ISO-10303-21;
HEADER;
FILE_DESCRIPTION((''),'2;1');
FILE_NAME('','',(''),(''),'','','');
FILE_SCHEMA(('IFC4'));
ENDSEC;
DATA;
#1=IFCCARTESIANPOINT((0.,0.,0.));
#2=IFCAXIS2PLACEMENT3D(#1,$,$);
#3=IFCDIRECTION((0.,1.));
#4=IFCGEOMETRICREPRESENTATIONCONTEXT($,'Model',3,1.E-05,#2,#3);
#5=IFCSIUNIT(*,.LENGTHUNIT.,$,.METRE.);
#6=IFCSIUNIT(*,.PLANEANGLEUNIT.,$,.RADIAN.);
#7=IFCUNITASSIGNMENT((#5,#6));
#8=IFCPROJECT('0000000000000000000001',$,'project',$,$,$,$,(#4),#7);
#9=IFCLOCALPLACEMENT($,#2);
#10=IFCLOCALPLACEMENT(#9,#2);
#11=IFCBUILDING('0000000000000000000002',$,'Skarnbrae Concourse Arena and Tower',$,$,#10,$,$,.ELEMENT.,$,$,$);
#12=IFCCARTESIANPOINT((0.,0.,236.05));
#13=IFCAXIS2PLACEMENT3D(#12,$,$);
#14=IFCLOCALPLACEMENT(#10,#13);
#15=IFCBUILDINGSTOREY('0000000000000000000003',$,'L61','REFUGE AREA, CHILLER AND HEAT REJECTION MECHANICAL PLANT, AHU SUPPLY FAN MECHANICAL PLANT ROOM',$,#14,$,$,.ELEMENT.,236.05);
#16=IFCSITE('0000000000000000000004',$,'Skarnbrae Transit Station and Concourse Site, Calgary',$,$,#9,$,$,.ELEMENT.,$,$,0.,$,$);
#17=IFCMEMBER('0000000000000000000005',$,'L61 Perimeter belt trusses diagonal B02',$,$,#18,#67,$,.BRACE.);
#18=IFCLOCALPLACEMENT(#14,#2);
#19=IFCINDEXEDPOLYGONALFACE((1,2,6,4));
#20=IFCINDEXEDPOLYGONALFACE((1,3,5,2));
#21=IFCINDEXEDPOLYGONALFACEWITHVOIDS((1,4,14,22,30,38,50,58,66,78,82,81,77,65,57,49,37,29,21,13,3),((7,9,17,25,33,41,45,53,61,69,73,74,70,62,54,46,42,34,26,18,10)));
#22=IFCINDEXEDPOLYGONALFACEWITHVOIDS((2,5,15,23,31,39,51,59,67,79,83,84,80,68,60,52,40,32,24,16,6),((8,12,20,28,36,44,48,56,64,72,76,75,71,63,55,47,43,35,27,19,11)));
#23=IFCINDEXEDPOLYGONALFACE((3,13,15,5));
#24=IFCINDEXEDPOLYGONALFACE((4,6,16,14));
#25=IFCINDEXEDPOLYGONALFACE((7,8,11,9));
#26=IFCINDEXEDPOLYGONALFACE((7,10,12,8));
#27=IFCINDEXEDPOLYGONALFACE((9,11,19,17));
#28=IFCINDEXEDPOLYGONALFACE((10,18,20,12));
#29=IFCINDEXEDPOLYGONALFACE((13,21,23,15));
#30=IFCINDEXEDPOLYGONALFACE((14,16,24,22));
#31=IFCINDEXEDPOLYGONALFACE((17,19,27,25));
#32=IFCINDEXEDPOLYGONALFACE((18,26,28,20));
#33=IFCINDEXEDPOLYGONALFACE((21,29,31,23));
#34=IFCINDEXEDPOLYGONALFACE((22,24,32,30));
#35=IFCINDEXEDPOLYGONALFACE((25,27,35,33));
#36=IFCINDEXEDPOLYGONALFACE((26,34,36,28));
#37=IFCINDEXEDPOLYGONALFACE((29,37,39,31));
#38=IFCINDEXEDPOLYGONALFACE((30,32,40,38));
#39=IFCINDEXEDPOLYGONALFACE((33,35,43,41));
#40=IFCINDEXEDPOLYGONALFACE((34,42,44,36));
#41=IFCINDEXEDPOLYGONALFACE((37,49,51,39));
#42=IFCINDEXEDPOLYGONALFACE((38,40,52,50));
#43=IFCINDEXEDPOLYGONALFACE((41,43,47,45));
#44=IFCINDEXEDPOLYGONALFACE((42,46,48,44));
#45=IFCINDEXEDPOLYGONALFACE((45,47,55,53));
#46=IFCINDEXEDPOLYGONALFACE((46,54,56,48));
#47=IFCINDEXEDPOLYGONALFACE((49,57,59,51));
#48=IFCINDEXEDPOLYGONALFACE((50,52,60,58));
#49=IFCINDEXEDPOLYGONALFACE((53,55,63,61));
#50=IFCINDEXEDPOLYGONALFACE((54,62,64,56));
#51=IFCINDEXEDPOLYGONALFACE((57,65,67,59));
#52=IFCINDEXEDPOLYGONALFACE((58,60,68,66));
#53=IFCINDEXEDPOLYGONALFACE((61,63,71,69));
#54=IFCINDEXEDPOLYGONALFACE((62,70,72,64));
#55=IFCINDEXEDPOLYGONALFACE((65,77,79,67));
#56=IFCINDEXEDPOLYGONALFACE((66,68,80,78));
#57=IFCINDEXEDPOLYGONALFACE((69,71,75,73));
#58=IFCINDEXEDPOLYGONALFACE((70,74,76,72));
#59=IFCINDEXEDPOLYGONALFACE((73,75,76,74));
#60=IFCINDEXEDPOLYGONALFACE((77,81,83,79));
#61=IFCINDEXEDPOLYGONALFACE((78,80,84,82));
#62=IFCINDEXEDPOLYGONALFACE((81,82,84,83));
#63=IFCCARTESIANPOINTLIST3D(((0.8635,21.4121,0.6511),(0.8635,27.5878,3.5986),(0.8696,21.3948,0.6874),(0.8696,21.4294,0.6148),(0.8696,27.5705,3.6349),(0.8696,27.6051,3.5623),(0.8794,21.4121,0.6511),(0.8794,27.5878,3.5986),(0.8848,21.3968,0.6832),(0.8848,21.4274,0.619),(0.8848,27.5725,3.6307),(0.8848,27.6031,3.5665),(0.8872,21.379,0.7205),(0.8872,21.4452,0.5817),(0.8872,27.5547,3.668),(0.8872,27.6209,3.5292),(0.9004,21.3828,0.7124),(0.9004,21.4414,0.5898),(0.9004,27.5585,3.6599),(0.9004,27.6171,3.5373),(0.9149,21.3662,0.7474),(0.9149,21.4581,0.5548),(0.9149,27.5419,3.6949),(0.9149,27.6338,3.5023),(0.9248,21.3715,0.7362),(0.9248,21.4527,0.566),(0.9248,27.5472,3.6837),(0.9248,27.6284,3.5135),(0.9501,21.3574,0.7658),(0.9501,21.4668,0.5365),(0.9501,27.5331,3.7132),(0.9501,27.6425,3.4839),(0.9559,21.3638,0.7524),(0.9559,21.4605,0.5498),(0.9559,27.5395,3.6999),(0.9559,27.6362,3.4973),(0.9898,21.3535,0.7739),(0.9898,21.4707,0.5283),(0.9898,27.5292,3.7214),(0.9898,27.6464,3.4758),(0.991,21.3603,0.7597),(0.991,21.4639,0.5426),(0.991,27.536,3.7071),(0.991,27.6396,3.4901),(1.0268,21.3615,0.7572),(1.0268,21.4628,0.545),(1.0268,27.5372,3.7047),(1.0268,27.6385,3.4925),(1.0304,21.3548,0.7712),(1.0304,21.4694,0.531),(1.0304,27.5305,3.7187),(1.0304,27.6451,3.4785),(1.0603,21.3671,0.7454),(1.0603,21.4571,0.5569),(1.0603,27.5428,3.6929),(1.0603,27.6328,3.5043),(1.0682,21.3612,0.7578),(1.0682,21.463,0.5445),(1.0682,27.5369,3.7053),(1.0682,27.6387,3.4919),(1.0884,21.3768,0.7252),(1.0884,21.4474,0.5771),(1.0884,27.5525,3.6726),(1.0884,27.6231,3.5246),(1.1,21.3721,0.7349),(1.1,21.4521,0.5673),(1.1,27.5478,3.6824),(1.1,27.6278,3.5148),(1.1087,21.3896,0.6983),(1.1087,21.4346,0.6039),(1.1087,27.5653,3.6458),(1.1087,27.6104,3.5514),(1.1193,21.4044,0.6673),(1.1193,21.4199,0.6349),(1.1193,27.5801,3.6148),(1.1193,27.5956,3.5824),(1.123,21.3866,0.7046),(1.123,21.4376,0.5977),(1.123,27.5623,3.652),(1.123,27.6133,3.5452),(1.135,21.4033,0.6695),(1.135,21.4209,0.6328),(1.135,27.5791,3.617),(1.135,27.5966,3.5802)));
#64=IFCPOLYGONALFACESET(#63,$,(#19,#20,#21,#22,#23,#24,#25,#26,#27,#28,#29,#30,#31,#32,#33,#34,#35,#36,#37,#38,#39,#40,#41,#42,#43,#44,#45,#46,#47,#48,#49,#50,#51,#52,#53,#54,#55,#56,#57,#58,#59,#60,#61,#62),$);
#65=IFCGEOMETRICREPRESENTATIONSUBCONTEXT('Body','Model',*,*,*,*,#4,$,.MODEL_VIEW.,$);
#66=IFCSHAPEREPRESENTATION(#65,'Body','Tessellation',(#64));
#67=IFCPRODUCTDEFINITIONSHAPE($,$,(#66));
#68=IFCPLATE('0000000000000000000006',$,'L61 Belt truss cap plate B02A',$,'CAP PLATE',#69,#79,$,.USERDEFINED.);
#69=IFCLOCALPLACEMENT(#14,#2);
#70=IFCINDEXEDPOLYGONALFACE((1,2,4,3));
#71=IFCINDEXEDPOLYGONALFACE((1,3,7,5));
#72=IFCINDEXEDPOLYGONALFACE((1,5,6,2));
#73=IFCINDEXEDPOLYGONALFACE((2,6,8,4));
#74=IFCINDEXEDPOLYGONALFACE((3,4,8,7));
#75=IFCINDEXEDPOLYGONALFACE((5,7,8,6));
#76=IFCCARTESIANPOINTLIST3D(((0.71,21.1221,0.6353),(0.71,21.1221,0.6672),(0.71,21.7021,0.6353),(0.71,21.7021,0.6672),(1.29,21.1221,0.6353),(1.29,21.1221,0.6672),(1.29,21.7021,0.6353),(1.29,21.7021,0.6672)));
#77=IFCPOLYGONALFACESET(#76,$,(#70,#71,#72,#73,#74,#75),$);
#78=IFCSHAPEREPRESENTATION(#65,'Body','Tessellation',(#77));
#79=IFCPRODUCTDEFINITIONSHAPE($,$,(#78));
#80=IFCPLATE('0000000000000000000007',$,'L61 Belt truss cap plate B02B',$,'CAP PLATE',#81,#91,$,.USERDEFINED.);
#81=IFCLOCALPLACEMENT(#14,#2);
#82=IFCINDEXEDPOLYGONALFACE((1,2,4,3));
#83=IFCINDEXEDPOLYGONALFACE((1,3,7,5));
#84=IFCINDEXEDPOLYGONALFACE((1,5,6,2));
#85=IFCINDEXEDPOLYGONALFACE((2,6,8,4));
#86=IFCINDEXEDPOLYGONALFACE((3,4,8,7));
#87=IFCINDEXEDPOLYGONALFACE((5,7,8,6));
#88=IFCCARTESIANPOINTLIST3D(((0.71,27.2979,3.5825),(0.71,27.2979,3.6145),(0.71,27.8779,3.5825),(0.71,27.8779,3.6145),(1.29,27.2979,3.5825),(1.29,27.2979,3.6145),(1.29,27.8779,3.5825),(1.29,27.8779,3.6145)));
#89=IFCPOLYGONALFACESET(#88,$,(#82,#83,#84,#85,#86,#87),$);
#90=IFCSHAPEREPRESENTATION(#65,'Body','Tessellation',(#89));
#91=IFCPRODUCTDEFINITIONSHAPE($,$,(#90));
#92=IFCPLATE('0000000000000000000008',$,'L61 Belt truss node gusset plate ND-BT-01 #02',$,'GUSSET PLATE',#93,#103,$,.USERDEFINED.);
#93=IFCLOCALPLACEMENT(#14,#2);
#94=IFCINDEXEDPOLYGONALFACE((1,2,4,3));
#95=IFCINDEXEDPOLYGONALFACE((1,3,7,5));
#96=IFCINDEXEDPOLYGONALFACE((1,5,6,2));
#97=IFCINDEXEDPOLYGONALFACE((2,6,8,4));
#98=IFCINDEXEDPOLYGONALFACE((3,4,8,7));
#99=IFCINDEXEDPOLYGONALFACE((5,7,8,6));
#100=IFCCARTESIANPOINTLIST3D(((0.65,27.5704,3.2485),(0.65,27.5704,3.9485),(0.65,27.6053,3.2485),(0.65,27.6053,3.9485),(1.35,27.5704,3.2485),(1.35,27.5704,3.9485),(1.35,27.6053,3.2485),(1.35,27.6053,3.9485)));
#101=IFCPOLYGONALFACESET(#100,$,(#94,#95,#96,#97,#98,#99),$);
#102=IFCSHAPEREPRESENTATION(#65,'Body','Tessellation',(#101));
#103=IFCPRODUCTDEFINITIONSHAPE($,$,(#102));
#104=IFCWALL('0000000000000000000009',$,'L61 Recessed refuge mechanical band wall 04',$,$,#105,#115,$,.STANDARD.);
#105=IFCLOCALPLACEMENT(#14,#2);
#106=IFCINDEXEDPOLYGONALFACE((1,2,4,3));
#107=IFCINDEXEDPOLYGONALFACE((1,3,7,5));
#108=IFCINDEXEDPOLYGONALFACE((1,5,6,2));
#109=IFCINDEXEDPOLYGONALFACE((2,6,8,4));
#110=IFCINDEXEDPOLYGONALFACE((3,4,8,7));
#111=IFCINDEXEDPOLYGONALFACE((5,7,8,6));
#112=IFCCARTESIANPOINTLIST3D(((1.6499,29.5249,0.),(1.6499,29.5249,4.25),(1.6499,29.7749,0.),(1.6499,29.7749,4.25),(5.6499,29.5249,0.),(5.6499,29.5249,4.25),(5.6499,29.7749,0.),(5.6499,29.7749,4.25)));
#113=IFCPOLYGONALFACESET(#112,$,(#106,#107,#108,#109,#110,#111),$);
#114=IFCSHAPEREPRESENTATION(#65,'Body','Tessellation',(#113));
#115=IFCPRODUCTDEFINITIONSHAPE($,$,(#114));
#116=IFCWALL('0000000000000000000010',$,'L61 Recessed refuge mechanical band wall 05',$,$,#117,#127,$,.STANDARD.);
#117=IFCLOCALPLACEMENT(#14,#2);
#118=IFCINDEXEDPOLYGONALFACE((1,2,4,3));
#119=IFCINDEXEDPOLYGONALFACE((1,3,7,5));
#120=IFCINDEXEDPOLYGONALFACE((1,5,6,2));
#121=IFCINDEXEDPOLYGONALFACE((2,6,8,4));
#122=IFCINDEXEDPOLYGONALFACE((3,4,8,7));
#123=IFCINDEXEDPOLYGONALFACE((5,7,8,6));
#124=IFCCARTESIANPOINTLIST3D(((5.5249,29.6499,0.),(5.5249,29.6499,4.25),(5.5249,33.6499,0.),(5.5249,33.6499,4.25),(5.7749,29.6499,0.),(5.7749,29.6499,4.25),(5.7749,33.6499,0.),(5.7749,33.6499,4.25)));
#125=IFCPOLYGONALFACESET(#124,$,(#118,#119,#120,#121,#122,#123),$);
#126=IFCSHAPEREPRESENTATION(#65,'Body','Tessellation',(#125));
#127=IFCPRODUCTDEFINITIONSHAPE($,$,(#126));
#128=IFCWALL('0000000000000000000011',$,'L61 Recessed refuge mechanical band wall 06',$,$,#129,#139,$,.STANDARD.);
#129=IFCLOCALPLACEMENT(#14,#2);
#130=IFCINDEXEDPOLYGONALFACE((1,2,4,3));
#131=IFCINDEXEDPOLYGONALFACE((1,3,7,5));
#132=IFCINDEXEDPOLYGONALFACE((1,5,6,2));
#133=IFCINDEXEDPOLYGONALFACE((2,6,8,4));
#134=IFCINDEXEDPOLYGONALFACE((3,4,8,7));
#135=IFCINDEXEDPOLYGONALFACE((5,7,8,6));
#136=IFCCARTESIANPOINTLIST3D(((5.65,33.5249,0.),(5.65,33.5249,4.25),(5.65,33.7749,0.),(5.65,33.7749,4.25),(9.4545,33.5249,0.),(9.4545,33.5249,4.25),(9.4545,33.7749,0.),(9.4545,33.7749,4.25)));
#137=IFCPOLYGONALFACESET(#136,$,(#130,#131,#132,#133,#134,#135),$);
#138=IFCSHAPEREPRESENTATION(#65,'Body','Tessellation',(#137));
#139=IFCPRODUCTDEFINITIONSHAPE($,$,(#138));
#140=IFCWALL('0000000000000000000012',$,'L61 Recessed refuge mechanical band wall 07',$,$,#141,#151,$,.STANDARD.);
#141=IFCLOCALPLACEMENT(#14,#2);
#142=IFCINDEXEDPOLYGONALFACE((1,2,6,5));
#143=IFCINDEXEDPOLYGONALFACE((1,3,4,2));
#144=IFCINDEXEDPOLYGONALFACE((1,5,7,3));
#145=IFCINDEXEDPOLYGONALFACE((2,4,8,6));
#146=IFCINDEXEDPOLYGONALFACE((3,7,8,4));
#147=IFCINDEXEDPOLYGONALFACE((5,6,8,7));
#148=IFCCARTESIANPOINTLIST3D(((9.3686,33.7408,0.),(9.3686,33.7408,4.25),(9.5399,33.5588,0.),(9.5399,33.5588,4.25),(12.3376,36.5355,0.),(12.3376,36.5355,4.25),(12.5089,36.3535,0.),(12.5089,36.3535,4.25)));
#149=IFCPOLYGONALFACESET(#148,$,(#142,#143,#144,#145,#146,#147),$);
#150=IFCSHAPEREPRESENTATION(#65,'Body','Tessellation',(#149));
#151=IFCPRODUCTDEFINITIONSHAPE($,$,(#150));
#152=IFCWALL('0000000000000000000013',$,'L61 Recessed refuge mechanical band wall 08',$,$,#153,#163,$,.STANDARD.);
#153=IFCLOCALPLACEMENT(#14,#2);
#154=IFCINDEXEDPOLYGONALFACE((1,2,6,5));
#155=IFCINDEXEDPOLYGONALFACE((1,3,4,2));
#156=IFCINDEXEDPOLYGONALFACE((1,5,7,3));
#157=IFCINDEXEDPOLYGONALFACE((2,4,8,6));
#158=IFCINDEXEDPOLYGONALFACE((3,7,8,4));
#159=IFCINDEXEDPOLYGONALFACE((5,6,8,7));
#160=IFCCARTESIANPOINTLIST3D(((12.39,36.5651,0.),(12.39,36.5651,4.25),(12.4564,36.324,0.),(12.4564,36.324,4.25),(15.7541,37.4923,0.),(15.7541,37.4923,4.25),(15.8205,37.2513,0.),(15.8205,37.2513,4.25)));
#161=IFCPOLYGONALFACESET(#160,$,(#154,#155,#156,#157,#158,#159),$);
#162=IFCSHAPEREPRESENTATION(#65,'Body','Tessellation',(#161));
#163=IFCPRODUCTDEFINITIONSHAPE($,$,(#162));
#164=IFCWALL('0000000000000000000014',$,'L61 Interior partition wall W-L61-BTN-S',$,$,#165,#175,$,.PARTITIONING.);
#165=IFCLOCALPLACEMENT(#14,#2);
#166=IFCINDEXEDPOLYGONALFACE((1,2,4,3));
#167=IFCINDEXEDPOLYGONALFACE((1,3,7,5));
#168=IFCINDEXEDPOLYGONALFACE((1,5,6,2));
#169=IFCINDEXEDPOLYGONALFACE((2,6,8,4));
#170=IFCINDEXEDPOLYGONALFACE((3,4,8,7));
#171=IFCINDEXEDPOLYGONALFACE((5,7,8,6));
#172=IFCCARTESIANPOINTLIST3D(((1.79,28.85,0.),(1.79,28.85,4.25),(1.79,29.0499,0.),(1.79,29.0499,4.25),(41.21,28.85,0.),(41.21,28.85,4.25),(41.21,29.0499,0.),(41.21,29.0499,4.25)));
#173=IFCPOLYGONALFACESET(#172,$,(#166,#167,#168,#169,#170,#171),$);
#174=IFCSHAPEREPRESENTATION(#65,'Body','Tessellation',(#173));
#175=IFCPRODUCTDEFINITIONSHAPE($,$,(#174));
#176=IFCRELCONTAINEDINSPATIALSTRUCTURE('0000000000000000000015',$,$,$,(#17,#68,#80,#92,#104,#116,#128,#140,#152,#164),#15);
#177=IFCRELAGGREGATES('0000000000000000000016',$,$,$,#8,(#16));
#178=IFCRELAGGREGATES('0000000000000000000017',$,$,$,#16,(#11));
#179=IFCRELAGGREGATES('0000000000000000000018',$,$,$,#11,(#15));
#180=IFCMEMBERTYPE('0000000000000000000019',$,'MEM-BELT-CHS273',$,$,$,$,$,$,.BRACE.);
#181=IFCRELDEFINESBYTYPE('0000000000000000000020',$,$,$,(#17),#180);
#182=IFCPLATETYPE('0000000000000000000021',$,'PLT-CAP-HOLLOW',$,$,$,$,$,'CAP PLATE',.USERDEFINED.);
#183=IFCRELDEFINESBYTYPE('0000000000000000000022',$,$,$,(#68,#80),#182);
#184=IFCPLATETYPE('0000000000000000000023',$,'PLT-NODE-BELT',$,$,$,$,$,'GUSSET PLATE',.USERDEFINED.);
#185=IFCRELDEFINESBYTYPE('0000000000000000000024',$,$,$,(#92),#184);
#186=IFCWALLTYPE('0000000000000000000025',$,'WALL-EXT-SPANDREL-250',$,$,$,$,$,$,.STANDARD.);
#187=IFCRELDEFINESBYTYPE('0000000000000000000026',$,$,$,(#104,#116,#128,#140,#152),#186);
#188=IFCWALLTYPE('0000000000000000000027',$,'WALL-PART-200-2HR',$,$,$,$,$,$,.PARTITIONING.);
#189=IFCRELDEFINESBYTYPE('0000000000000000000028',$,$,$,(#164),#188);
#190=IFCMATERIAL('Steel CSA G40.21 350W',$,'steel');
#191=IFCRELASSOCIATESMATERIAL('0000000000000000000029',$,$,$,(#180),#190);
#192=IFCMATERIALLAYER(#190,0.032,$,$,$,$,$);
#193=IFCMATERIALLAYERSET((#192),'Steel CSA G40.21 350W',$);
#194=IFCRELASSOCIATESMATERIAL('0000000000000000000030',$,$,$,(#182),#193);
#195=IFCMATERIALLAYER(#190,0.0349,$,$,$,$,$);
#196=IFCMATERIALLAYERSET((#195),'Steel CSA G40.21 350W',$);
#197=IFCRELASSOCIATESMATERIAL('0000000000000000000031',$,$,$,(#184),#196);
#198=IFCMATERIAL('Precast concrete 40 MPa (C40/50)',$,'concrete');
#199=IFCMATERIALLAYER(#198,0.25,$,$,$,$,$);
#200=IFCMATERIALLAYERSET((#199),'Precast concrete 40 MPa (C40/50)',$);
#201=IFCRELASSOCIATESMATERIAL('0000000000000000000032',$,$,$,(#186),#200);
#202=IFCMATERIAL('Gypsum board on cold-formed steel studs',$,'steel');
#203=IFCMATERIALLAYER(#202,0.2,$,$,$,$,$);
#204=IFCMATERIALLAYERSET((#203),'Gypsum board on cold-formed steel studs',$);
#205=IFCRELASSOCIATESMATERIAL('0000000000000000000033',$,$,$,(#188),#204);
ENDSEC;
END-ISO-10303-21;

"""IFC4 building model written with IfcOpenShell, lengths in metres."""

from ifc_helpers import new_model, si_unit, direction, frame, frame_2d, origin, origin_2d, place, context, subcontext, project, spatial, rectangle, hollow_circle, extrude, source, transform, mapped, material, layer, layer_set, material_profile, profile_set, type_object, element, save


model = new_model("IFC4")

# Units and contexts
model_context = context("Model", 3, precision=1e-05, world=origin(), true_north=direction((0.0, 1.0)))
body_context = subcontext(model_context, "Body", "Model", "MODEL_VIEW")
ifc_project = project(units=[si_unit("LENGTHUNIT", "METRE"), si_unit("PLANEANGLEUNIT", "RADIAN")], contexts=[model_context])

# Site, building, storey
site_placement = place(None, origin())
site = spatial("IfcSite", under=ifc_project, at=site_placement, Name="Skarnbrae Transit Station and Concourse Site, Calgary", CompositionType="ELEMENT", RefElevation=0.0)
building_placement = place(site_placement, origin())
building = spatial("IfcBuilding", under=site, at=building_placement, Name="Skarnbrae Concourse Arena and Tower", CompositionType="ELEMENT")
storey_placement = place(building_placement, frame((0.0, 0.0, 236.05)))
storey = spatial("IfcBuildingStorey", under=building, at=storey_placement, Name="L61", Description="REFUGE AREA, CHILLER AND HEAT REJECTION MECHANICAL PLANT, AHU SUPPLY FAN MECHANICAL PLANT ROOM", CompositionType="ELEMENT", Elevation=236.05)

# Shared definitions
ifc_material_1 = material(Name="Steel CSA G40.21 350W", Category="steel")

# Member
ifc_material_profile_1 = material_profile(ifc_material_1, hollow_circle(Radius=0.1365, WallThickness=0.0159, at=origin_2d()), Name="HSS273X15.9")
ifc_profile_set_1 = profile_set([ifc_material_profile_1], Name="Steel CSA G40.21 350W")
member_type = type_object("IfcMemberType", Name="MEM-BELT-CHS273", PredefinedType="BRACE", material=ifc_profile_set_1)
shared_shape_1 = source(origin(), body_context, "Body", "SweptSolid", [
    extrude(hollow_circle(Radius=0.1365, WallThickness=0.0159, at=origin_2d()), origin(), (0.0, 0.0, 1.0), 6.843),
])
member_placement = place(storey_placement, frame((1.0, 21.4121, 0.6511), z_axis=(0.0, 0.902482, 0.430727), x_axis=(-1.0, 0.0, 0.0)))
element("IfcMember", 1, at=member_placement, inside=storey, type_object=member_type, Name="L61 Perimeter belt trusses diagonal B02", PredefinedType="BRACE", context=body_context, shape_type="MappedRepresentation", body=[
    mapped(shared_shape_1, transform((0.0, 0.0, 0.0))),
])

# Plates
ifc_layer_1 = layer(ifc_material_1, 0.032)
ifc_layer_set_1 = layer_set([ifc_layer_1], Name="Steel CSA G40.21 350W")
plate_type_1 = type_object("IfcPlateType", Name="PLT-CAP-HOLLOW", ElementType="CAP PLATE", PredefinedType="USERDEFINED", material=ifc_layer_set_1)
shared_shape_2 = source(origin(), body_context, "Body", "SweptSolid", [
    extrude(rectangle(XDim=0.5801, YDim=0.5801, at=origin_2d()), origin(), (0.0, 0.0, 1.0), 0.032),
])
for number, where, z_axis, x_axis, name in (
    (2, (1.0, 21.4121, 0.6353), (0.0, 0.0, 1.0), (1.0, 0.0, 0.0), "L61 Belt truss cap plate B02A"),
    (3, (1.0, 27.5879, 3.5825), (0.0, 0.0, 1.0), (1.0, 0.0, 0.0), "L61 Belt truss cap plate B02B"),
):
    element("IfcPlate", number, at=place(storey_placement, frame(where, z_axis=z_axis, x_axis=x_axis)), inside=storey, type_object=plate_type_1, Name=name, ObjectType="CAP PLATE", PredefinedType="USERDEFINED", context=body_context, shape_type="MappedRepresentation", body=[
        mapped(shared_shape_2, transform((0.0, 0.0, 0.0))),
    ])
ifc_layer_2 = layer(ifc_material_1, 0.0349)
ifc_layer_set_2 = layer_set([ifc_layer_2], Name="Steel CSA G40.21 350W")
plate_type_2 = type_object("IfcPlateType", Name="PLT-NODE-BELT", ElementType="GUSSET PLATE", PredefinedType="USERDEFINED", material=ifc_layer_set_2)
shared_shape_3 = source(origin(), body_context, "Body", "SweptSolid", [
    extrude(rectangle(XDim=0.7, YDim=0.0349, at=origin_2d()), origin(), (0.0, 0.0, 1.0), 0.7),
])
plate_placement = place(storey_placement, frame((1.0, 27.5879, 3.2485), z_axis=(0.0, 0.0, 1.0), x_axis=(1.0, 0.0, 0.0)))
element("IfcPlate", 4, at=plate_placement, inside=storey, type_object=plate_type_2, Name="L61 Belt truss node gusset plate ND-BT-01 #02", ObjectType="GUSSET PLATE", PredefinedType="USERDEFINED", context=body_context, shape_type="MappedRepresentation", body=[
    mapped(shared_shape_3, transform((0.0, 0.0, 0.0))),
])

# Walls
ifc_material_2 = material(Name="Precast concrete 40 MPa (C40/50)", Category="concrete")
ifc_layer_3 = layer(ifc_material_2, 0.25)
ifc_layer_set_3 = layer_set([ifc_layer_3], Name="Precast concrete 40 MPa (C40/50)")
wall_type_1 = type_object("IfcWallType", Name="WALL-EXT-SPANDREL-250", PredefinedType="STANDARD", material=ifc_layer_set_3)
shared_shape_4 = source(origin(), body_context, "Body", "SweptSolid", [
    extrude(rectangle(XDim=4.0, YDim=0.25, at=frame_2d((2.0, 0.0))), origin(), (0.0, 0.0, 1.0), 4.25),
])
for number, where, z_axis, x_axis, name in (
    (5, (1.6499, 29.6499, 0.0), (0.0, 0.0, 1.0), (1.0, 0.0, 0.0), "L61 Recessed refuge mechanical band wall 04"),
    (6, (5.6499, 29.6499, 0.0), (0.0, 0.0, 1.0), (0.0, 1.0, 0.0), "L61 Recessed refuge mechanical band wall 05"),
):
    element("IfcWall", number, at=place(storey_placement, frame(where, z_axis=z_axis, x_axis=x_axis)), inside=storey, type_object=wall_type_1, Name=name, PredefinedType="STANDARD", context=body_context, shape_type="MappedRepresentation", body=[
        mapped(shared_shape_4, transform((0.0, 0.0, 0.0))),
    ])
shared_shape_5 = source(origin(), body_context, "Body", "SweptSolid", [
    extrude(rectangle(XDim=3.8044, YDim=0.25, at=frame_2d((1.9023, 0.0))), origin(), (0.0, 0.0, 1.0), 4.25),
])
wall_1_placement = place(storey_placement, frame((5.6499, 33.6499, 0.0), z_axis=(0.0, 0.0, 1.0), x_axis=(1.0, 0.0, 0.0)))
element("IfcWall", 7, at=wall_1_placement, inside=storey, type_object=wall_type_1, Name="L61 Recessed refuge mechanical band wall 06", PredefinedType="STANDARD", context=body_context, shape_type="MappedRepresentation", body=[
    mapped(shared_shape_5, transform((0.0, 0.0, 0.0))),
])
shared_shape_6 = source(origin(), body_context, "Body", "SweptSolid", [
    extrude(rectangle(XDim=4.0774, YDim=0.25, at=frame_2d((2.0386, 0.0))), origin(), (0.0, 0.0, 1.0), 4.25),
])
wall_2_placement = place(storey_placement, frame((9.4543, 33.6499, 0.0), z_axis=(0.0, 0.0, 1.0), x_axis=(0.72816, 0.685408, 0.0)))
element("IfcWall", 8, at=wall_2_placement, inside=storey, type_object=wall_type_1, Name="L61 Recessed refuge mechanical band wall 07", PredefinedType="STANDARD", context=body_context, shape_type="MappedRepresentation", body=[
    mapped(shared_shape_6, transform((0.0, 0.0, 0.0))),
])
shared_shape_7 = source(origin(), body_context, "Body", "SweptSolid", [
    extrude(rectangle(XDim=3.4895, YDim=0.25, at=frame_2d((1.7446, 0.0))), origin(), (0.0, 0.0, 1.0), 4.25),
])
wall_3_placement = place(storey_placement, frame((12.4233, 36.4446, 0.0), z_axis=(0.0, 0.0, 1.0), x_axis=(0.964048, 0.265727, 0.0)))
element("IfcWall", 9, at=wall_3_placement, inside=storey, type_object=wall_type_1, Name="L61 Recessed refuge mechanical band wall 08", PredefinedType="STANDARD", context=body_context, shape_type="MappedRepresentation", body=[
    mapped(shared_shape_7, transform((0.0, 0.0, 0.0))),
])
ifc_material_3 = material(Name="Gypsum board on cold-formed steel studs", Category="steel")
ifc_layer_4 = layer(ifc_material_3, 0.2)
ifc_layer_set_4 = layer_set([ifc_layer_4], Name="Gypsum board on cold-formed steel studs")
wall_type_2 = type_object("IfcWallType", Name="WALL-PART-200-2HR", PredefinedType="PARTITIONING", material=ifc_layer_set_4)
shared_shape_8 = source(origin(), body_context, "Body", "SweptSolid", [
    extrude(rectangle(XDim=39.4199, YDim=0.2, at=frame_2d((19.71, 0.0))), origin(), (0.0, 0.0, 1.0), 4.25),
])
wall_4_placement = place(storey_placement, frame((1.79, 28.95, 0.0), z_axis=(0.0, 0.0, 1.0), x_axis=(1.0, 0.0, 0.0)))
element("IfcWall", 10, at=wall_4_placement, inside=storey, type_object=wall_type_2, Name="L61 Interior partition wall W-L61-BTN-S", PredefinedType="PARTITIONING", context=body_context, shape_type="MappedRepresentation", body=[
    mapped(shared_shape_8, transform((0.0, 0.0, 0.0))),
])

save(model, "model.ifc")
